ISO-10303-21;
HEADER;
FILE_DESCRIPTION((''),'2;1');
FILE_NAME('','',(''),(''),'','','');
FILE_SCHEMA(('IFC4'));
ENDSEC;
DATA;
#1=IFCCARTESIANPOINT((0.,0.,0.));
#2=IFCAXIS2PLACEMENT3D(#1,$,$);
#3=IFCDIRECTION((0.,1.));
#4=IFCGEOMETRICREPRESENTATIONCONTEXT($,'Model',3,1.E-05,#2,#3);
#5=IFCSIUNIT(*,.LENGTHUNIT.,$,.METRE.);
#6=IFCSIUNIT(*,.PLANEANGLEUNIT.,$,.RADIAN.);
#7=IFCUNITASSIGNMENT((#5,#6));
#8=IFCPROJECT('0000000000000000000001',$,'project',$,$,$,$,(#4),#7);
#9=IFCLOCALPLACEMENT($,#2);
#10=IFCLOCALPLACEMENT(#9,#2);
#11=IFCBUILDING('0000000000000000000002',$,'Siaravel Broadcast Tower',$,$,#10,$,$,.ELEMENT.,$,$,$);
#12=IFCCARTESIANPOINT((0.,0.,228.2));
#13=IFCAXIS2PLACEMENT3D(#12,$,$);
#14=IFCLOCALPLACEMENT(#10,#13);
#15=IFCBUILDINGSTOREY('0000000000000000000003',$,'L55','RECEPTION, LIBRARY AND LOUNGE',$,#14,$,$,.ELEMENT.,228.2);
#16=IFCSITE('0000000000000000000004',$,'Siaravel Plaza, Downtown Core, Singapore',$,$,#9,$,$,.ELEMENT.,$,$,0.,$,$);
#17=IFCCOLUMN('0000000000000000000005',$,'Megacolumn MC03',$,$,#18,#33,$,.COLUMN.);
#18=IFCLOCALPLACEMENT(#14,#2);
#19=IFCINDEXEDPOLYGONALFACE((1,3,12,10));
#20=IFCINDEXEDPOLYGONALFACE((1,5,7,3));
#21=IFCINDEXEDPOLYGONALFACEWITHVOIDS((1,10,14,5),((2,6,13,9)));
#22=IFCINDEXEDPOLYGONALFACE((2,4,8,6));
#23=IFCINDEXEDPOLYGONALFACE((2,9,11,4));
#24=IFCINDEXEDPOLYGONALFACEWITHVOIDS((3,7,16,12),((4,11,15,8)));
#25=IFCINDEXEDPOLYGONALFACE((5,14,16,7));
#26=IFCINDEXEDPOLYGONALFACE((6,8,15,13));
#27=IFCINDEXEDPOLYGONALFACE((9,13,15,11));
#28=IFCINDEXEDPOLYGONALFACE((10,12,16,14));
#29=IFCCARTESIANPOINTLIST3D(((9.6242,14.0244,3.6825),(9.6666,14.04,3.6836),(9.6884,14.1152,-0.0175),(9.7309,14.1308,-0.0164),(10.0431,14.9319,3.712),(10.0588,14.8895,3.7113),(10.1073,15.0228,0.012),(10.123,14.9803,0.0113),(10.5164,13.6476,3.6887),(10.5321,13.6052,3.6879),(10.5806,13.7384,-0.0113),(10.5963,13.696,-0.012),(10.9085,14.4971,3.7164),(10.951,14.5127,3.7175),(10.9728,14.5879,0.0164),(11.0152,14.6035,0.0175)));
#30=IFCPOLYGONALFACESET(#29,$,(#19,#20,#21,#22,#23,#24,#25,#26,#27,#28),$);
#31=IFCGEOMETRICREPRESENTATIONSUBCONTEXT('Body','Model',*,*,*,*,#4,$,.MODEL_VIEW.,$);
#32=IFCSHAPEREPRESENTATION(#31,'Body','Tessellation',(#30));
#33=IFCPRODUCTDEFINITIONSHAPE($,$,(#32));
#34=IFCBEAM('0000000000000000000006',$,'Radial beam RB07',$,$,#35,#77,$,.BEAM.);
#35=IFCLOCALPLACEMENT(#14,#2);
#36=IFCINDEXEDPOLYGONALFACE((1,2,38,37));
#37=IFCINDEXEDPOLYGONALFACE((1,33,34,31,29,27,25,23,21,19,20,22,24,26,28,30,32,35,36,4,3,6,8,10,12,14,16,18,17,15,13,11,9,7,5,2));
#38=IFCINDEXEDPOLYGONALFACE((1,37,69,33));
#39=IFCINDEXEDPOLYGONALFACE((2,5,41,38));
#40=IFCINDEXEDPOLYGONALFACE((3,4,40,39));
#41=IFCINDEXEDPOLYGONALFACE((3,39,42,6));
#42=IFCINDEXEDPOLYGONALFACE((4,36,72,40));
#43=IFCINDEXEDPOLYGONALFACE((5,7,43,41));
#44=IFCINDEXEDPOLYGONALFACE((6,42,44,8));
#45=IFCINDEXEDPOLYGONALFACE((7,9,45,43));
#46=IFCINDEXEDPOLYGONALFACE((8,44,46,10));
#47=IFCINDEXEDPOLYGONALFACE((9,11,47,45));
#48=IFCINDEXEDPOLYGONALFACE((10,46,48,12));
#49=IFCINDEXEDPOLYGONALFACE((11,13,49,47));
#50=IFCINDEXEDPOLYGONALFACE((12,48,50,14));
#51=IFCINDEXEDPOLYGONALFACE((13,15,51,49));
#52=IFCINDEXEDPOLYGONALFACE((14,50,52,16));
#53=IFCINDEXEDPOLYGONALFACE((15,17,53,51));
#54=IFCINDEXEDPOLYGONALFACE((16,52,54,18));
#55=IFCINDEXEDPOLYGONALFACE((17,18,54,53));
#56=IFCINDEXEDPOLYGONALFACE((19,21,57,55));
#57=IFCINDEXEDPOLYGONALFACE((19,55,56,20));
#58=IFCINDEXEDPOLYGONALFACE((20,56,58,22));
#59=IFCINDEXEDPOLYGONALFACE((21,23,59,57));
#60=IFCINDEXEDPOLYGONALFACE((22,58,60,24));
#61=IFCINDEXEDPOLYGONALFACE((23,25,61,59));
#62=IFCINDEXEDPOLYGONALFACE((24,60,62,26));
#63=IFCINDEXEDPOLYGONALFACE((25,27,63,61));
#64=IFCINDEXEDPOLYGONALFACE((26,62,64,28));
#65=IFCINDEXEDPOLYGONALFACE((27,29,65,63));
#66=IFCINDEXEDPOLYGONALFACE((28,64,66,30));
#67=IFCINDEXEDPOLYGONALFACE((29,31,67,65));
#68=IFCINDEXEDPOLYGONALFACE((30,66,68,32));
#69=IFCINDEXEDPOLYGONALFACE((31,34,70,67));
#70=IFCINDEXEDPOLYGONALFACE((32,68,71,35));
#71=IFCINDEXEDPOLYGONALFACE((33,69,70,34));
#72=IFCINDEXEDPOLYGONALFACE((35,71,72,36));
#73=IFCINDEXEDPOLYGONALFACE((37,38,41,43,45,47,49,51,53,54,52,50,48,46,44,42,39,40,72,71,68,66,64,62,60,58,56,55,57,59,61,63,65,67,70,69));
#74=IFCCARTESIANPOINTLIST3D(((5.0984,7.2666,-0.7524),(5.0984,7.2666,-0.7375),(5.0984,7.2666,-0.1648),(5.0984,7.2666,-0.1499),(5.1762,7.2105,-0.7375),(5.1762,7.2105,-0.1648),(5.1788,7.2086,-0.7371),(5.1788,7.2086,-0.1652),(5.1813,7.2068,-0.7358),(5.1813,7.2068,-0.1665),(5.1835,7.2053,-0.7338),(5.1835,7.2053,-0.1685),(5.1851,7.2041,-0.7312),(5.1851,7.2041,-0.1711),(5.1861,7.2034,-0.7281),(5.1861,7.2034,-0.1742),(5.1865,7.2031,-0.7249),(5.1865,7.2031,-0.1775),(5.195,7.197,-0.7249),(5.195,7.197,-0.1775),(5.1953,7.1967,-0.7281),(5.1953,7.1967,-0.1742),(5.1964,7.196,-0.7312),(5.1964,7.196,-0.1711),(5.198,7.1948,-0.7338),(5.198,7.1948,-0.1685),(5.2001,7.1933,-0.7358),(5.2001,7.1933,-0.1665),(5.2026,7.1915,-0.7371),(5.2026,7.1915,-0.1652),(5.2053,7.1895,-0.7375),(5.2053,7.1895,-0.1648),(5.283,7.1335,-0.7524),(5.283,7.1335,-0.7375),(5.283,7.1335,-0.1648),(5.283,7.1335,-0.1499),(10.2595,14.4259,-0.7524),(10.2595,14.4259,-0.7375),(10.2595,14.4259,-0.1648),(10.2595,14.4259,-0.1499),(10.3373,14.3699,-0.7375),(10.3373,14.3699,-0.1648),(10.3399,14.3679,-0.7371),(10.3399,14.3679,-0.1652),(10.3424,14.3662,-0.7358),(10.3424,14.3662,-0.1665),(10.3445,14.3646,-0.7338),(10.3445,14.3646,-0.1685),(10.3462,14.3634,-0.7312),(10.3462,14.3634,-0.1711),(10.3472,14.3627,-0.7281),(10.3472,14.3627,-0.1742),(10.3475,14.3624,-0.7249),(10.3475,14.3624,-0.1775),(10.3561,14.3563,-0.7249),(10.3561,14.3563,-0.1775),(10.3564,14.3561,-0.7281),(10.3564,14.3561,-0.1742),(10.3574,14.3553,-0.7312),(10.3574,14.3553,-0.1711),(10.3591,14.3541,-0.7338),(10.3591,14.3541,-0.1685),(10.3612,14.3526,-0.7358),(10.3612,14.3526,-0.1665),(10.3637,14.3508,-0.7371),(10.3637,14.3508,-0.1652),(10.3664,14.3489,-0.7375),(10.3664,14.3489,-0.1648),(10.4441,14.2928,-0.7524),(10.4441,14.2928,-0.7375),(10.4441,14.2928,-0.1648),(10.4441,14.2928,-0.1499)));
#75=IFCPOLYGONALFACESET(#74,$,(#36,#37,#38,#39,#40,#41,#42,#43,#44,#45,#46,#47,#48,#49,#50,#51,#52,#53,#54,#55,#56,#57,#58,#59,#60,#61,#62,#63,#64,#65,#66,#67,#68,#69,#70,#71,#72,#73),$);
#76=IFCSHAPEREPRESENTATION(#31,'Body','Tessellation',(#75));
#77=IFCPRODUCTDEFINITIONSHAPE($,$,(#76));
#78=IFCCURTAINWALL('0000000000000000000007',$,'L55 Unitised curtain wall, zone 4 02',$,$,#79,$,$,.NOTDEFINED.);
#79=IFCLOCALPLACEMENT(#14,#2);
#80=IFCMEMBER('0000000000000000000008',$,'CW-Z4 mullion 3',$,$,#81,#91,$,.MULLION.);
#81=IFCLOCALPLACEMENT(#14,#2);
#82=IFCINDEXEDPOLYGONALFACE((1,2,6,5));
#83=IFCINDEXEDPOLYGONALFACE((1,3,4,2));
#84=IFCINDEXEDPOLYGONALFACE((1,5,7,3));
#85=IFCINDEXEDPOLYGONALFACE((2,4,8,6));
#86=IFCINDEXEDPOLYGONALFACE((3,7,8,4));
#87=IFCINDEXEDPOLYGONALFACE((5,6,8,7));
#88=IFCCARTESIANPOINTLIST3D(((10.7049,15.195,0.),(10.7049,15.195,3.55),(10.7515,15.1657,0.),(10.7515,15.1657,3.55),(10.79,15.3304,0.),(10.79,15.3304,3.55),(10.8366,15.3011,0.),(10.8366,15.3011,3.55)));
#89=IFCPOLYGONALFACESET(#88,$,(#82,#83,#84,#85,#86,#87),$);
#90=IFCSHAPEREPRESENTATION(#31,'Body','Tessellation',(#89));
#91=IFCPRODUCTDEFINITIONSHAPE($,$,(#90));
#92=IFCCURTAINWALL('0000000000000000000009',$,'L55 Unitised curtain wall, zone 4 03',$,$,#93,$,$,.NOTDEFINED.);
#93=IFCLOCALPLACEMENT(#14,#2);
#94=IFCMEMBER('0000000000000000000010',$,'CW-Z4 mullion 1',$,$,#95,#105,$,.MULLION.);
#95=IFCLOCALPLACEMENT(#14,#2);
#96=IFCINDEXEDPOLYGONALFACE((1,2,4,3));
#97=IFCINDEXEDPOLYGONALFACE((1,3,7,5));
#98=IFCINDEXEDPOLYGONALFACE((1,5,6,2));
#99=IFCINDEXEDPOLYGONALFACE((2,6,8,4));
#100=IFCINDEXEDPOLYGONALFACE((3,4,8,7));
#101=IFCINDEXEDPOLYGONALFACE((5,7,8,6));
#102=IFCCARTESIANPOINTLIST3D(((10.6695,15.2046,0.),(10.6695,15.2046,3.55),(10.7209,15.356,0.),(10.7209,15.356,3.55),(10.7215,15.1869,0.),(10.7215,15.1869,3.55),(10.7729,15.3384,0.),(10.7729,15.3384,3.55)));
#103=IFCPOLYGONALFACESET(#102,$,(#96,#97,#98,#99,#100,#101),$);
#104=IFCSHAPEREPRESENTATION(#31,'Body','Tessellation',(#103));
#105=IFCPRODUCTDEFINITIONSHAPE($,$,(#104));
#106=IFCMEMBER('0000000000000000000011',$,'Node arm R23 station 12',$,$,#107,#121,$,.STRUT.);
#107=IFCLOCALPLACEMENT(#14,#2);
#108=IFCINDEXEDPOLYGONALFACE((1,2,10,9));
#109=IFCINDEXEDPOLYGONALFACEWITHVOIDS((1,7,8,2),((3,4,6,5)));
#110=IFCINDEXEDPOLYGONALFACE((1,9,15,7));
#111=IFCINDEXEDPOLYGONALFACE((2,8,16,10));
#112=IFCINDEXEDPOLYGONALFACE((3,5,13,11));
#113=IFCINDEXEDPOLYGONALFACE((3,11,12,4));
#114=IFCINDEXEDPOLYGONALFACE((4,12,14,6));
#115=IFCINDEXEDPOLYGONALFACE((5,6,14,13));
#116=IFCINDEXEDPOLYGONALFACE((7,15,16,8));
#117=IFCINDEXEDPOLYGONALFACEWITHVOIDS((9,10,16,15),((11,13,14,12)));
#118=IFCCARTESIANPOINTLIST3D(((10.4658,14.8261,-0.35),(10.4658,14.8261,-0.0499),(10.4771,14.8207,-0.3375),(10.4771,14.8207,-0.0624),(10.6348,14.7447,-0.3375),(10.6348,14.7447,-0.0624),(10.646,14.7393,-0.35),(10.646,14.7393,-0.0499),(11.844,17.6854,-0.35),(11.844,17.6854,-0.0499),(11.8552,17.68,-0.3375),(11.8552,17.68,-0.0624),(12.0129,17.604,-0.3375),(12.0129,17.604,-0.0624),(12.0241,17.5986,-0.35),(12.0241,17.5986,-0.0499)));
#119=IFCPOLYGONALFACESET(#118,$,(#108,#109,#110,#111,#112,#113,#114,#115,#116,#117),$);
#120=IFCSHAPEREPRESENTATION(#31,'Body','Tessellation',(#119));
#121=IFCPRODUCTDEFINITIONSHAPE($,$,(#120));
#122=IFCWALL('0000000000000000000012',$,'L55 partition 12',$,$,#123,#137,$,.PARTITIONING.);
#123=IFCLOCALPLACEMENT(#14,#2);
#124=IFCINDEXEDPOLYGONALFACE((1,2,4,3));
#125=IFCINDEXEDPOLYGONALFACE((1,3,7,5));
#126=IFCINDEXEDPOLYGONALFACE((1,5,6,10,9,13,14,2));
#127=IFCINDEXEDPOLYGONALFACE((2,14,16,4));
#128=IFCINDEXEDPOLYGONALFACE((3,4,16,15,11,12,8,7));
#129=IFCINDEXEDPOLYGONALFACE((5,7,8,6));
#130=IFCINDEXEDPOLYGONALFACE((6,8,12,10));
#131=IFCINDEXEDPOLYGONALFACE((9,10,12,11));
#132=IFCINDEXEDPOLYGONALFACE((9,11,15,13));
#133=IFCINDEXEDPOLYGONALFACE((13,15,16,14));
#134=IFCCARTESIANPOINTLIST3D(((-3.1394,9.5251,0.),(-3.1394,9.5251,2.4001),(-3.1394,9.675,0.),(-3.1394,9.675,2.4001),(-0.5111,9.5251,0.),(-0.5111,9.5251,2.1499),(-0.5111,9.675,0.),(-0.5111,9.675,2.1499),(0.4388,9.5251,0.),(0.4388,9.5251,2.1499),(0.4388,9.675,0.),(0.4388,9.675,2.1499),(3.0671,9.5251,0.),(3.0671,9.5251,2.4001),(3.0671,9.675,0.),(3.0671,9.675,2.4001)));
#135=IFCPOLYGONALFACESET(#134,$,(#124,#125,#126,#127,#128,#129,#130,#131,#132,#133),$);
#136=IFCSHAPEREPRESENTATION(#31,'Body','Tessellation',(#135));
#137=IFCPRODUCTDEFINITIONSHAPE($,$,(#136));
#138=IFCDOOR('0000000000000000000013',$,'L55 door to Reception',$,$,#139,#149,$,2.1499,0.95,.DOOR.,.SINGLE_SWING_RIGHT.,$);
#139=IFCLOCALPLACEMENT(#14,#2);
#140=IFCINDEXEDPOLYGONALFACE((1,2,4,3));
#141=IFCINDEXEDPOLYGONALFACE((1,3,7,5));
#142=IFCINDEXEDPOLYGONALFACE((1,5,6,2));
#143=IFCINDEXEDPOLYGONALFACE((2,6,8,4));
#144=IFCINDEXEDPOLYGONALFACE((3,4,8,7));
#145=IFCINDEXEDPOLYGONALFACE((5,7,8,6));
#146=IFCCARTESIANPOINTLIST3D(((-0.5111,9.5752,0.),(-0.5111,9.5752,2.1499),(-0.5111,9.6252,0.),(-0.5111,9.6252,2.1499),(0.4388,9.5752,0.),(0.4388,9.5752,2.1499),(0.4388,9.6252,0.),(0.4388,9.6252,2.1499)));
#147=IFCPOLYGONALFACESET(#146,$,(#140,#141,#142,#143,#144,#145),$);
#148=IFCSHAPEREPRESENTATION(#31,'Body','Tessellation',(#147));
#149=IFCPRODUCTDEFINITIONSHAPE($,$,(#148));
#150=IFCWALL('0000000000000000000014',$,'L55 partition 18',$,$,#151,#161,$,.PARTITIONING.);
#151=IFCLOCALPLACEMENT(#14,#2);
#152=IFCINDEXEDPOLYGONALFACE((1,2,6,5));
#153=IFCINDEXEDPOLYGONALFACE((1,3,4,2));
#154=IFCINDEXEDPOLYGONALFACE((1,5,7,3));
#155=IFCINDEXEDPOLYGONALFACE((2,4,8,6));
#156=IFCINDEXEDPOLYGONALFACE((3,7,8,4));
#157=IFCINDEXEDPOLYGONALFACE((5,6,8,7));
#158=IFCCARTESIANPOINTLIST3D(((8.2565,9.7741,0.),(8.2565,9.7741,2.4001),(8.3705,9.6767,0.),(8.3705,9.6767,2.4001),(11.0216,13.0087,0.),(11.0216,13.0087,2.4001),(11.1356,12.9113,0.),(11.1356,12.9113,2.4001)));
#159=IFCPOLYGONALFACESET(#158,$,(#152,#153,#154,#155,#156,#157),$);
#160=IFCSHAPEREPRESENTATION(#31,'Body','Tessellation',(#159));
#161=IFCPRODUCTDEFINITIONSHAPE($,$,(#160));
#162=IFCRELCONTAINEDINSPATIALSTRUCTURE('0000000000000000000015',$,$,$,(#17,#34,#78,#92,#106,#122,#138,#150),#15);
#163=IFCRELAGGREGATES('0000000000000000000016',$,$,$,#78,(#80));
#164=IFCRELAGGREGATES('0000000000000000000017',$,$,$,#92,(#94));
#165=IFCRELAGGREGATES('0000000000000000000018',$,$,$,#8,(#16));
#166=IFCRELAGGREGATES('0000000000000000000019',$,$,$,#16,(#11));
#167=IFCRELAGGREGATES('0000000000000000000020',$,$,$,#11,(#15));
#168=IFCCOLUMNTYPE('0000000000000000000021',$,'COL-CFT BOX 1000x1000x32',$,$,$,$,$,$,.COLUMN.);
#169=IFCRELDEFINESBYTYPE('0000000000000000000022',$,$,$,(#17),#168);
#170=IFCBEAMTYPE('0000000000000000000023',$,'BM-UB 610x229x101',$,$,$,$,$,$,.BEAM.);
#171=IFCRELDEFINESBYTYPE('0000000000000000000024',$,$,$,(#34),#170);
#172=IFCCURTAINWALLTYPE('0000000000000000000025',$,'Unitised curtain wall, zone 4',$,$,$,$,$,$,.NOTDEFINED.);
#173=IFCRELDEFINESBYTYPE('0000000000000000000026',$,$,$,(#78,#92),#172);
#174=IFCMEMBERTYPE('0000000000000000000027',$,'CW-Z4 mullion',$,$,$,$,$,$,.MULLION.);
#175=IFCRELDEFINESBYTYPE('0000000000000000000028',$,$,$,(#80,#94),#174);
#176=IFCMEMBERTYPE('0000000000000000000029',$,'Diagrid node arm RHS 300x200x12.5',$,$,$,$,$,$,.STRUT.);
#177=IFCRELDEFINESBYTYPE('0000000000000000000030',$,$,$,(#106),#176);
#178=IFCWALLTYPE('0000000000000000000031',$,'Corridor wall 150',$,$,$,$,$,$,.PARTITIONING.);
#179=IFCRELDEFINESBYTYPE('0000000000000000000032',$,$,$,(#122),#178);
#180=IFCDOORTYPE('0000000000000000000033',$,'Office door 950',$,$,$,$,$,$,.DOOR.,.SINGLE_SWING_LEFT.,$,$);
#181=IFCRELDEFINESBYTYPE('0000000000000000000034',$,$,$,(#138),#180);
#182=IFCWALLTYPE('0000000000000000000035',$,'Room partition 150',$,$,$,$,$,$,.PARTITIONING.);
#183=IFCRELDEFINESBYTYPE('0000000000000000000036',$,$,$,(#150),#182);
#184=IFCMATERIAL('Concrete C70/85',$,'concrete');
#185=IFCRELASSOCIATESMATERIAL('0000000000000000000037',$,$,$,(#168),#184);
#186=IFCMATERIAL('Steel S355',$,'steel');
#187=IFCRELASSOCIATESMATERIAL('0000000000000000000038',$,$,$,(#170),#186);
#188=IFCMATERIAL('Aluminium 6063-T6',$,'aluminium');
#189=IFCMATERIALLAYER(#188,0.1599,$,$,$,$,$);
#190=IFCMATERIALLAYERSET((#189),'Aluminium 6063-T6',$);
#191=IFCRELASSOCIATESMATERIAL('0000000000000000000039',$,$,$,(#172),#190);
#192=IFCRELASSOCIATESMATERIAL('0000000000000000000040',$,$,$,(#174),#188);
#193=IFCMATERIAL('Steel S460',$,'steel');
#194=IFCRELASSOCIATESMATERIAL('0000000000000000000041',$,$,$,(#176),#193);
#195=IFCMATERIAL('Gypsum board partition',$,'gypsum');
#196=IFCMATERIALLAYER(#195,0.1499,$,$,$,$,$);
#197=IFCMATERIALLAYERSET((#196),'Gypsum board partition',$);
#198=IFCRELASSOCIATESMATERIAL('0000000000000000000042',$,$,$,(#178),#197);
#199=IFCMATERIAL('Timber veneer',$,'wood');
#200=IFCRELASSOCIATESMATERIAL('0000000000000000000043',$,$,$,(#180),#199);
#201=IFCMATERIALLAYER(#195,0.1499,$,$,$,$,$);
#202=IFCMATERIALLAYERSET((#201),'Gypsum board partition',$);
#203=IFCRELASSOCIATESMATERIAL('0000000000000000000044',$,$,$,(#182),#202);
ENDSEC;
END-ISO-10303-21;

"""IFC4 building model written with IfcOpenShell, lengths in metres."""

from ifc_helpers import new_model, si_unit, direction, frame, frame_2d, origin, origin_2d, place, context, subcontext, project, spatial, rectangle, hollow_rectangle, i_section, extrude, material, layer, layer_set, material_profile, profile_set, type_object, element, fill, aggregate, save


model = new_model("IFC4")

# Units and contexts
model_context = context("Model", 3, precision=1e-05, world=origin(), true_north=direction((0.0, 1.0)))
body_context = subcontext(model_context, "Body", "Model", "MODEL_VIEW")
ifc_project = project(units=[si_unit("LENGTHUNIT", "METRE"), si_unit("PLANEANGLEUNIT", "RADIAN")], contexts=[model_context])

# Site, building, storey
site_placement = place(None, origin())
site = spatial("IfcSite", under=ifc_project, at=site_placement, Name="Siaravel Plaza, Downtown Core, Singapore", CompositionType="ELEMENT", RefElevation=0.0)
building_placement = place(site_placement, origin())
building = spatial("IfcBuilding", under=site, at=building_placement, Name="Siaravel Broadcast Tower", CompositionType="ELEMENT")
storey_placement = place(building_placement, frame((0.0, 0.0, 228.2)))
storey = spatial("IfcBuildingStorey", under=building, at=storey_placement, Name="L55", Description="RECEPTION, LIBRARY AND LOUNGE", CompositionType="ELEMENT", Elevation=228.2)

# Column
ifc_material_1 = material(Name="Concrete C70/85", Category="concrete")
ifc_material_profile_1 = material_profile(ifc_material_1, hollow_rectangle(XDim=1.0, YDim=1.0, WallThickness=0.032, at=origin_2d()))
ifc_profile_set_1 = profile_set([ifc_material_profile_1], Name="Concrete C70/85")
column_type = type_object("IfcColumnType", Name="COL-CFT BOX 1000x1000x32", PredefinedType="COLUMN", material=ifc_profile_set_1)
column_placement = place(storey_placement, frame((10.3518, 14.3594, 0.0), z_axis=(-0.017346, -0.024535, 0.999548), x_axis=(0.907863, -0.419232, 0.005464)))
element("IfcColumn", 1, at=column_placement, inside=storey, type_object=column_type, Name="Megacolumn MC03", PredefinedType="COLUMN", context=body_context, shape_type="SweptSolid", body=[
    extrude(hollow_rectangle(XDim=1.0, YDim=1.0, WallThickness=0.032, at=origin_2d()), origin(), (0.0, 0.0, 1.0), 3.7017),
])

# Beam
ifc_material_2 = material(Name="Steel S355", Category="steel")
ifc_material_profile_2 = material_profile(ifc_material_2, i_section(OverallWidth=0.2275, OverallDepth=0.6025, WebThickness=0.0105, FlangeThickness=0.0149, FilletRadius=0.0127, at=origin_2d()))
ifc_profile_set_2 = profile_set([ifc_material_profile_2], Name="Steel S355")
beam_type = type_object("IfcBeamType", Name="BM-UB 610x229x101", PredefinedType="BEAM", material=ifc_profile_set_2)
beam_placement = place(storey_placement, frame((10.3518, 14.3594, -0.4512), z_axis=(-0.584778, -0.811193, 0.0), x_axis=(0.811193, -0.584778, 0.0)))
element("IfcBeam", 2, at=beam_placement, inside=storey, type_object=beam_type, Name="Radial beam RB07", PredefinedType="BEAM", context=body_context, shape_type="SweptSolid", body=[
    extrude(i_section(OverallWidth=0.2275, OverallDepth=0.6025, WebThickness=0.0105, FlangeThickness=0.0149, FilletRadius=0.0127, at=origin_2d()), origin(), (0.0, 0.0, 1.0), 8.8257),
])

# Curtain walls, members
ifc_material_3 = material(Name="Aluminium 6063-T6", Category="aluminium")
ifc_layer_1 = layer(ifc_material_3, 0.1599)
ifc_layer_set_1 = layer_set([ifc_layer_1], Name="Aluminium 6063-T6")
curtain_wall_type = type_object("IfcCurtainWallType", Name="Unitised curtain wall, zone 4", PredefinedType="NOTDEFINED", material=ifc_layer_set_1)
curtain_wall_1_placement = place(storey_placement, origin())
curtain_wall_1 = element("IfcCurtainWall", 3, at=curtain_wall_1_placement, inside=storey, type_object=curtain_wall_type, Name="L55 Unitised curtain wall, zone 4 02", PredefinedType="NOTDEFINED")
ifc_material_profile_3 = material_profile(ifc_material_3, rectangle(XDim=0.1599, YDim=0.0549, at=origin_2d()))
ifc_profile_set_3 = profile_set([ifc_material_profile_3], Name="Aluminium 6063-T6")
member_type_1 = type_object("IfcMemberType", Name="CW-Z4 mullion", PredefinedType="MULLION", material=ifc_profile_set_3)
member_1_placement = place(storey_placement, frame((10.7708, 15.248, 0.0), z_axis=(0.0, 0.0, 1.0), x_axis=(-0.53215, -0.84665, 0.0)))
member_1 = element("IfcMember", 4, at=member_1_placement, type_object=member_type_1, Name="CW-Z4 mullion 3", PredefinedType="MULLION", context=body_context, shape_type="SweptSolid", body=[
    extrude(rectangle(XDim=0.1599, YDim=0.0549, at=origin_2d()), origin(), (0.0, 0.0, 1.0), 3.55),
])
aggregate(curtain_wall_1, [member_1])
curtain_wall_2_placement = place(storey_placement, origin())
curtain_wall_2 = element("IfcCurtainWall", 5, at=curtain_wall_2_placement, inside=storey, type_object=curtain_wall_type, Name="L55 Unitised curtain wall, zone 4 03", PredefinedType="NOTDEFINED")
member_2_placement = place(storey_placement, frame((10.7212, 15.2715, 0.0), z_axis=(0.0, 0.0, 1.0), x_axis=(-0.321301, -0.946977, 0.0)))
member_2 = element("IfcMember", 6, at=member_2_placement, type_object=member_type_1, Name="CW-Z4 mullion 1", PredefinedType="MULLION", context=body_context, shape_type="SweptSolid", body=[
    extrude(rectangle(XDim=0.1599, YDim=0.0549, at=origin_2d()), origin(), (0.0, 0.0, 1.0), 3.55),
])
aggregate(curtain_wall_2, [member_2])

# Member
ifc_material_4 = material(Name="Steel S460", Category="steel")
ifc_material_profile_4 = material_profile(ifc_material_4, hollow_rectangle(XDim=0.2, YDim=0.3, WallThickness=0.0125, at=origin_2d()))
ifc_profile_set_4 = profile_set([ifc_material_profile_4], Name="Steel S460")
member_type_2 = type_object("IfcMemberType", Name="Diagrid node arm RHS 300x200x12.5", PredefinedType="STRUT", material=ifc_profile_set_4)
member_3_placement = place(storey_placement, frame((10.5559, 14.7827, -0.2), z_axis=(0.434183, 0.900825, 0.0), x_axis=(-0.900825, 0.434183, 0.0)))
element("IfcMember", 7, at=member_3_placement, inside=storey, type_object=member_type_2, Name="Node arm R23 station 12", PredefinedType="STRUT", context=body_context, shape_type="SweptSolid", body=[
    extrude(hollow_rectangle(XDim=0.2, YDim=0.3, WallThickness=0.0125, at=origin_2d()), origin(), (0.0, 0.0, 1.0), 3.1741),
])

# Wall, opening, door
ifc_material_5 = material(Name="Gypsum board partition", Category="gypsum")
ifc_layer_2 = layer(ifc_material_5, 0.1499)
ifc_layer_set_2 = layer_set([ifc_layer_2], Name="Gypsum board partition")
wall_type_1 = type_object("IfcWallType", Name="Corridor wall 150", PredefinedType="PARTITIONING", material=ifc_layer_set_2)
wall_1_placement = place(storey_placement, frame((3.0671, 9.6001, 0.0), z_axis=(0.0, 0.0, 1.0), x_axis=(-1.0, 0.0, 0.0)))
wall_1 = element("IfcWall", 8, at=wall_1_placement, inside=storey, type_object=wall_type_1, Name="L55 partition 12", PredefinedType="PARTITIONING", context=body_context, shape_type="SweptSolid", body=[
    extrude(rectangle(XDim=6.2065, YDim=0.1499, at=frame_2d((3.1033, 0.0))), origin(), (0.0, 0.0, 1.0), 2.4001),
])
opening_1_placement = place(wall_1_placement, frame((2.6282, 0.0, 0.0)))
opening_1 = element("IfcOpeningElement", 9, at=opening_1_placement, cuts=wall_1, PredefinedType="OPENING", context=body_context, shape_type="SweptSolid", body=[
    extrude(rectangle(XDim=0.95, YDim=2.1499, at=frame_2d((0.4751, 1.075))), frame((0.0, 0.085, 0.0), z_axis=(0.0, -1.0, 0.0), x_axis=(1.0, 0.0, 0.0)), (0.0, 0.0, 1.0), 0.1699),
])
ifc_material_6 = material(Name="Timber veneer", Category="wood")
door_type_1 = type_object("IfcDoorType", Name="Office door 950", OperationType="SINGLE_SWING_LEFT", PredefinedType="DOOR", material=ifc_material_6)
door_1_placement = place(opening_1_placement, origin())
door_1 = element("IfcDoor", 10, at=door_1_placement, inside=storey, type_object=door_type_1, Name="L55 door to Reception", OperationType="SINGLE_SWING_RIGHT", OverallHeight=2.1499, OverallWidth=0.95, PredefinedType="DOOR", context=body_context, shape_type="SweptSolid", body=[
    extrude(rectangle(XDim=0.95, YDim=2.1499, at=frame_2d((0.4751, 1.075))), frame((0.0, 0.0249, 0.0), z_axis=(0.0, -1.0, 0.0), x_axis=(1.0, 0.0, 0.0)), (0.0, 0.0, 1.0), 0.05),
])
fill(opening_1, door_1)

# Wall
ifc_layer_3 = layer(ifc_material_5, 0.1499)
ifc_layer_set_3 = layer_set([ifc_layer_3], Name="Gypsum board partition")
wall_type_2 = type_object("IfcWallType", Name="Room partition 150", PredefinedType="PARTITIONING", material=ifc_layer_set_3)
wall_2_placement = place(storey_placement, frame((11.0786, 12.96, 0.0), z_axis=(0.0, 0.0, 1.0), x_axis=(-0.649789, -0.760114, 0.0)))
element("IfcWall", 11, at=wall_2_placement, inside=storey, type_object=wall_type_2, Name="L55 partition 18", PredefinedType="PARTITIONING", context=body_context, shape_type="SweptSolid", body=[
    extrude(rectangle(XDim=4.2554, YDim=0.1499, at=frame_2d((2.1277, 0.0))), origin(), (0.0, 0.0, 1.0), 2.4001),
])

save(model, "model.ifc")
